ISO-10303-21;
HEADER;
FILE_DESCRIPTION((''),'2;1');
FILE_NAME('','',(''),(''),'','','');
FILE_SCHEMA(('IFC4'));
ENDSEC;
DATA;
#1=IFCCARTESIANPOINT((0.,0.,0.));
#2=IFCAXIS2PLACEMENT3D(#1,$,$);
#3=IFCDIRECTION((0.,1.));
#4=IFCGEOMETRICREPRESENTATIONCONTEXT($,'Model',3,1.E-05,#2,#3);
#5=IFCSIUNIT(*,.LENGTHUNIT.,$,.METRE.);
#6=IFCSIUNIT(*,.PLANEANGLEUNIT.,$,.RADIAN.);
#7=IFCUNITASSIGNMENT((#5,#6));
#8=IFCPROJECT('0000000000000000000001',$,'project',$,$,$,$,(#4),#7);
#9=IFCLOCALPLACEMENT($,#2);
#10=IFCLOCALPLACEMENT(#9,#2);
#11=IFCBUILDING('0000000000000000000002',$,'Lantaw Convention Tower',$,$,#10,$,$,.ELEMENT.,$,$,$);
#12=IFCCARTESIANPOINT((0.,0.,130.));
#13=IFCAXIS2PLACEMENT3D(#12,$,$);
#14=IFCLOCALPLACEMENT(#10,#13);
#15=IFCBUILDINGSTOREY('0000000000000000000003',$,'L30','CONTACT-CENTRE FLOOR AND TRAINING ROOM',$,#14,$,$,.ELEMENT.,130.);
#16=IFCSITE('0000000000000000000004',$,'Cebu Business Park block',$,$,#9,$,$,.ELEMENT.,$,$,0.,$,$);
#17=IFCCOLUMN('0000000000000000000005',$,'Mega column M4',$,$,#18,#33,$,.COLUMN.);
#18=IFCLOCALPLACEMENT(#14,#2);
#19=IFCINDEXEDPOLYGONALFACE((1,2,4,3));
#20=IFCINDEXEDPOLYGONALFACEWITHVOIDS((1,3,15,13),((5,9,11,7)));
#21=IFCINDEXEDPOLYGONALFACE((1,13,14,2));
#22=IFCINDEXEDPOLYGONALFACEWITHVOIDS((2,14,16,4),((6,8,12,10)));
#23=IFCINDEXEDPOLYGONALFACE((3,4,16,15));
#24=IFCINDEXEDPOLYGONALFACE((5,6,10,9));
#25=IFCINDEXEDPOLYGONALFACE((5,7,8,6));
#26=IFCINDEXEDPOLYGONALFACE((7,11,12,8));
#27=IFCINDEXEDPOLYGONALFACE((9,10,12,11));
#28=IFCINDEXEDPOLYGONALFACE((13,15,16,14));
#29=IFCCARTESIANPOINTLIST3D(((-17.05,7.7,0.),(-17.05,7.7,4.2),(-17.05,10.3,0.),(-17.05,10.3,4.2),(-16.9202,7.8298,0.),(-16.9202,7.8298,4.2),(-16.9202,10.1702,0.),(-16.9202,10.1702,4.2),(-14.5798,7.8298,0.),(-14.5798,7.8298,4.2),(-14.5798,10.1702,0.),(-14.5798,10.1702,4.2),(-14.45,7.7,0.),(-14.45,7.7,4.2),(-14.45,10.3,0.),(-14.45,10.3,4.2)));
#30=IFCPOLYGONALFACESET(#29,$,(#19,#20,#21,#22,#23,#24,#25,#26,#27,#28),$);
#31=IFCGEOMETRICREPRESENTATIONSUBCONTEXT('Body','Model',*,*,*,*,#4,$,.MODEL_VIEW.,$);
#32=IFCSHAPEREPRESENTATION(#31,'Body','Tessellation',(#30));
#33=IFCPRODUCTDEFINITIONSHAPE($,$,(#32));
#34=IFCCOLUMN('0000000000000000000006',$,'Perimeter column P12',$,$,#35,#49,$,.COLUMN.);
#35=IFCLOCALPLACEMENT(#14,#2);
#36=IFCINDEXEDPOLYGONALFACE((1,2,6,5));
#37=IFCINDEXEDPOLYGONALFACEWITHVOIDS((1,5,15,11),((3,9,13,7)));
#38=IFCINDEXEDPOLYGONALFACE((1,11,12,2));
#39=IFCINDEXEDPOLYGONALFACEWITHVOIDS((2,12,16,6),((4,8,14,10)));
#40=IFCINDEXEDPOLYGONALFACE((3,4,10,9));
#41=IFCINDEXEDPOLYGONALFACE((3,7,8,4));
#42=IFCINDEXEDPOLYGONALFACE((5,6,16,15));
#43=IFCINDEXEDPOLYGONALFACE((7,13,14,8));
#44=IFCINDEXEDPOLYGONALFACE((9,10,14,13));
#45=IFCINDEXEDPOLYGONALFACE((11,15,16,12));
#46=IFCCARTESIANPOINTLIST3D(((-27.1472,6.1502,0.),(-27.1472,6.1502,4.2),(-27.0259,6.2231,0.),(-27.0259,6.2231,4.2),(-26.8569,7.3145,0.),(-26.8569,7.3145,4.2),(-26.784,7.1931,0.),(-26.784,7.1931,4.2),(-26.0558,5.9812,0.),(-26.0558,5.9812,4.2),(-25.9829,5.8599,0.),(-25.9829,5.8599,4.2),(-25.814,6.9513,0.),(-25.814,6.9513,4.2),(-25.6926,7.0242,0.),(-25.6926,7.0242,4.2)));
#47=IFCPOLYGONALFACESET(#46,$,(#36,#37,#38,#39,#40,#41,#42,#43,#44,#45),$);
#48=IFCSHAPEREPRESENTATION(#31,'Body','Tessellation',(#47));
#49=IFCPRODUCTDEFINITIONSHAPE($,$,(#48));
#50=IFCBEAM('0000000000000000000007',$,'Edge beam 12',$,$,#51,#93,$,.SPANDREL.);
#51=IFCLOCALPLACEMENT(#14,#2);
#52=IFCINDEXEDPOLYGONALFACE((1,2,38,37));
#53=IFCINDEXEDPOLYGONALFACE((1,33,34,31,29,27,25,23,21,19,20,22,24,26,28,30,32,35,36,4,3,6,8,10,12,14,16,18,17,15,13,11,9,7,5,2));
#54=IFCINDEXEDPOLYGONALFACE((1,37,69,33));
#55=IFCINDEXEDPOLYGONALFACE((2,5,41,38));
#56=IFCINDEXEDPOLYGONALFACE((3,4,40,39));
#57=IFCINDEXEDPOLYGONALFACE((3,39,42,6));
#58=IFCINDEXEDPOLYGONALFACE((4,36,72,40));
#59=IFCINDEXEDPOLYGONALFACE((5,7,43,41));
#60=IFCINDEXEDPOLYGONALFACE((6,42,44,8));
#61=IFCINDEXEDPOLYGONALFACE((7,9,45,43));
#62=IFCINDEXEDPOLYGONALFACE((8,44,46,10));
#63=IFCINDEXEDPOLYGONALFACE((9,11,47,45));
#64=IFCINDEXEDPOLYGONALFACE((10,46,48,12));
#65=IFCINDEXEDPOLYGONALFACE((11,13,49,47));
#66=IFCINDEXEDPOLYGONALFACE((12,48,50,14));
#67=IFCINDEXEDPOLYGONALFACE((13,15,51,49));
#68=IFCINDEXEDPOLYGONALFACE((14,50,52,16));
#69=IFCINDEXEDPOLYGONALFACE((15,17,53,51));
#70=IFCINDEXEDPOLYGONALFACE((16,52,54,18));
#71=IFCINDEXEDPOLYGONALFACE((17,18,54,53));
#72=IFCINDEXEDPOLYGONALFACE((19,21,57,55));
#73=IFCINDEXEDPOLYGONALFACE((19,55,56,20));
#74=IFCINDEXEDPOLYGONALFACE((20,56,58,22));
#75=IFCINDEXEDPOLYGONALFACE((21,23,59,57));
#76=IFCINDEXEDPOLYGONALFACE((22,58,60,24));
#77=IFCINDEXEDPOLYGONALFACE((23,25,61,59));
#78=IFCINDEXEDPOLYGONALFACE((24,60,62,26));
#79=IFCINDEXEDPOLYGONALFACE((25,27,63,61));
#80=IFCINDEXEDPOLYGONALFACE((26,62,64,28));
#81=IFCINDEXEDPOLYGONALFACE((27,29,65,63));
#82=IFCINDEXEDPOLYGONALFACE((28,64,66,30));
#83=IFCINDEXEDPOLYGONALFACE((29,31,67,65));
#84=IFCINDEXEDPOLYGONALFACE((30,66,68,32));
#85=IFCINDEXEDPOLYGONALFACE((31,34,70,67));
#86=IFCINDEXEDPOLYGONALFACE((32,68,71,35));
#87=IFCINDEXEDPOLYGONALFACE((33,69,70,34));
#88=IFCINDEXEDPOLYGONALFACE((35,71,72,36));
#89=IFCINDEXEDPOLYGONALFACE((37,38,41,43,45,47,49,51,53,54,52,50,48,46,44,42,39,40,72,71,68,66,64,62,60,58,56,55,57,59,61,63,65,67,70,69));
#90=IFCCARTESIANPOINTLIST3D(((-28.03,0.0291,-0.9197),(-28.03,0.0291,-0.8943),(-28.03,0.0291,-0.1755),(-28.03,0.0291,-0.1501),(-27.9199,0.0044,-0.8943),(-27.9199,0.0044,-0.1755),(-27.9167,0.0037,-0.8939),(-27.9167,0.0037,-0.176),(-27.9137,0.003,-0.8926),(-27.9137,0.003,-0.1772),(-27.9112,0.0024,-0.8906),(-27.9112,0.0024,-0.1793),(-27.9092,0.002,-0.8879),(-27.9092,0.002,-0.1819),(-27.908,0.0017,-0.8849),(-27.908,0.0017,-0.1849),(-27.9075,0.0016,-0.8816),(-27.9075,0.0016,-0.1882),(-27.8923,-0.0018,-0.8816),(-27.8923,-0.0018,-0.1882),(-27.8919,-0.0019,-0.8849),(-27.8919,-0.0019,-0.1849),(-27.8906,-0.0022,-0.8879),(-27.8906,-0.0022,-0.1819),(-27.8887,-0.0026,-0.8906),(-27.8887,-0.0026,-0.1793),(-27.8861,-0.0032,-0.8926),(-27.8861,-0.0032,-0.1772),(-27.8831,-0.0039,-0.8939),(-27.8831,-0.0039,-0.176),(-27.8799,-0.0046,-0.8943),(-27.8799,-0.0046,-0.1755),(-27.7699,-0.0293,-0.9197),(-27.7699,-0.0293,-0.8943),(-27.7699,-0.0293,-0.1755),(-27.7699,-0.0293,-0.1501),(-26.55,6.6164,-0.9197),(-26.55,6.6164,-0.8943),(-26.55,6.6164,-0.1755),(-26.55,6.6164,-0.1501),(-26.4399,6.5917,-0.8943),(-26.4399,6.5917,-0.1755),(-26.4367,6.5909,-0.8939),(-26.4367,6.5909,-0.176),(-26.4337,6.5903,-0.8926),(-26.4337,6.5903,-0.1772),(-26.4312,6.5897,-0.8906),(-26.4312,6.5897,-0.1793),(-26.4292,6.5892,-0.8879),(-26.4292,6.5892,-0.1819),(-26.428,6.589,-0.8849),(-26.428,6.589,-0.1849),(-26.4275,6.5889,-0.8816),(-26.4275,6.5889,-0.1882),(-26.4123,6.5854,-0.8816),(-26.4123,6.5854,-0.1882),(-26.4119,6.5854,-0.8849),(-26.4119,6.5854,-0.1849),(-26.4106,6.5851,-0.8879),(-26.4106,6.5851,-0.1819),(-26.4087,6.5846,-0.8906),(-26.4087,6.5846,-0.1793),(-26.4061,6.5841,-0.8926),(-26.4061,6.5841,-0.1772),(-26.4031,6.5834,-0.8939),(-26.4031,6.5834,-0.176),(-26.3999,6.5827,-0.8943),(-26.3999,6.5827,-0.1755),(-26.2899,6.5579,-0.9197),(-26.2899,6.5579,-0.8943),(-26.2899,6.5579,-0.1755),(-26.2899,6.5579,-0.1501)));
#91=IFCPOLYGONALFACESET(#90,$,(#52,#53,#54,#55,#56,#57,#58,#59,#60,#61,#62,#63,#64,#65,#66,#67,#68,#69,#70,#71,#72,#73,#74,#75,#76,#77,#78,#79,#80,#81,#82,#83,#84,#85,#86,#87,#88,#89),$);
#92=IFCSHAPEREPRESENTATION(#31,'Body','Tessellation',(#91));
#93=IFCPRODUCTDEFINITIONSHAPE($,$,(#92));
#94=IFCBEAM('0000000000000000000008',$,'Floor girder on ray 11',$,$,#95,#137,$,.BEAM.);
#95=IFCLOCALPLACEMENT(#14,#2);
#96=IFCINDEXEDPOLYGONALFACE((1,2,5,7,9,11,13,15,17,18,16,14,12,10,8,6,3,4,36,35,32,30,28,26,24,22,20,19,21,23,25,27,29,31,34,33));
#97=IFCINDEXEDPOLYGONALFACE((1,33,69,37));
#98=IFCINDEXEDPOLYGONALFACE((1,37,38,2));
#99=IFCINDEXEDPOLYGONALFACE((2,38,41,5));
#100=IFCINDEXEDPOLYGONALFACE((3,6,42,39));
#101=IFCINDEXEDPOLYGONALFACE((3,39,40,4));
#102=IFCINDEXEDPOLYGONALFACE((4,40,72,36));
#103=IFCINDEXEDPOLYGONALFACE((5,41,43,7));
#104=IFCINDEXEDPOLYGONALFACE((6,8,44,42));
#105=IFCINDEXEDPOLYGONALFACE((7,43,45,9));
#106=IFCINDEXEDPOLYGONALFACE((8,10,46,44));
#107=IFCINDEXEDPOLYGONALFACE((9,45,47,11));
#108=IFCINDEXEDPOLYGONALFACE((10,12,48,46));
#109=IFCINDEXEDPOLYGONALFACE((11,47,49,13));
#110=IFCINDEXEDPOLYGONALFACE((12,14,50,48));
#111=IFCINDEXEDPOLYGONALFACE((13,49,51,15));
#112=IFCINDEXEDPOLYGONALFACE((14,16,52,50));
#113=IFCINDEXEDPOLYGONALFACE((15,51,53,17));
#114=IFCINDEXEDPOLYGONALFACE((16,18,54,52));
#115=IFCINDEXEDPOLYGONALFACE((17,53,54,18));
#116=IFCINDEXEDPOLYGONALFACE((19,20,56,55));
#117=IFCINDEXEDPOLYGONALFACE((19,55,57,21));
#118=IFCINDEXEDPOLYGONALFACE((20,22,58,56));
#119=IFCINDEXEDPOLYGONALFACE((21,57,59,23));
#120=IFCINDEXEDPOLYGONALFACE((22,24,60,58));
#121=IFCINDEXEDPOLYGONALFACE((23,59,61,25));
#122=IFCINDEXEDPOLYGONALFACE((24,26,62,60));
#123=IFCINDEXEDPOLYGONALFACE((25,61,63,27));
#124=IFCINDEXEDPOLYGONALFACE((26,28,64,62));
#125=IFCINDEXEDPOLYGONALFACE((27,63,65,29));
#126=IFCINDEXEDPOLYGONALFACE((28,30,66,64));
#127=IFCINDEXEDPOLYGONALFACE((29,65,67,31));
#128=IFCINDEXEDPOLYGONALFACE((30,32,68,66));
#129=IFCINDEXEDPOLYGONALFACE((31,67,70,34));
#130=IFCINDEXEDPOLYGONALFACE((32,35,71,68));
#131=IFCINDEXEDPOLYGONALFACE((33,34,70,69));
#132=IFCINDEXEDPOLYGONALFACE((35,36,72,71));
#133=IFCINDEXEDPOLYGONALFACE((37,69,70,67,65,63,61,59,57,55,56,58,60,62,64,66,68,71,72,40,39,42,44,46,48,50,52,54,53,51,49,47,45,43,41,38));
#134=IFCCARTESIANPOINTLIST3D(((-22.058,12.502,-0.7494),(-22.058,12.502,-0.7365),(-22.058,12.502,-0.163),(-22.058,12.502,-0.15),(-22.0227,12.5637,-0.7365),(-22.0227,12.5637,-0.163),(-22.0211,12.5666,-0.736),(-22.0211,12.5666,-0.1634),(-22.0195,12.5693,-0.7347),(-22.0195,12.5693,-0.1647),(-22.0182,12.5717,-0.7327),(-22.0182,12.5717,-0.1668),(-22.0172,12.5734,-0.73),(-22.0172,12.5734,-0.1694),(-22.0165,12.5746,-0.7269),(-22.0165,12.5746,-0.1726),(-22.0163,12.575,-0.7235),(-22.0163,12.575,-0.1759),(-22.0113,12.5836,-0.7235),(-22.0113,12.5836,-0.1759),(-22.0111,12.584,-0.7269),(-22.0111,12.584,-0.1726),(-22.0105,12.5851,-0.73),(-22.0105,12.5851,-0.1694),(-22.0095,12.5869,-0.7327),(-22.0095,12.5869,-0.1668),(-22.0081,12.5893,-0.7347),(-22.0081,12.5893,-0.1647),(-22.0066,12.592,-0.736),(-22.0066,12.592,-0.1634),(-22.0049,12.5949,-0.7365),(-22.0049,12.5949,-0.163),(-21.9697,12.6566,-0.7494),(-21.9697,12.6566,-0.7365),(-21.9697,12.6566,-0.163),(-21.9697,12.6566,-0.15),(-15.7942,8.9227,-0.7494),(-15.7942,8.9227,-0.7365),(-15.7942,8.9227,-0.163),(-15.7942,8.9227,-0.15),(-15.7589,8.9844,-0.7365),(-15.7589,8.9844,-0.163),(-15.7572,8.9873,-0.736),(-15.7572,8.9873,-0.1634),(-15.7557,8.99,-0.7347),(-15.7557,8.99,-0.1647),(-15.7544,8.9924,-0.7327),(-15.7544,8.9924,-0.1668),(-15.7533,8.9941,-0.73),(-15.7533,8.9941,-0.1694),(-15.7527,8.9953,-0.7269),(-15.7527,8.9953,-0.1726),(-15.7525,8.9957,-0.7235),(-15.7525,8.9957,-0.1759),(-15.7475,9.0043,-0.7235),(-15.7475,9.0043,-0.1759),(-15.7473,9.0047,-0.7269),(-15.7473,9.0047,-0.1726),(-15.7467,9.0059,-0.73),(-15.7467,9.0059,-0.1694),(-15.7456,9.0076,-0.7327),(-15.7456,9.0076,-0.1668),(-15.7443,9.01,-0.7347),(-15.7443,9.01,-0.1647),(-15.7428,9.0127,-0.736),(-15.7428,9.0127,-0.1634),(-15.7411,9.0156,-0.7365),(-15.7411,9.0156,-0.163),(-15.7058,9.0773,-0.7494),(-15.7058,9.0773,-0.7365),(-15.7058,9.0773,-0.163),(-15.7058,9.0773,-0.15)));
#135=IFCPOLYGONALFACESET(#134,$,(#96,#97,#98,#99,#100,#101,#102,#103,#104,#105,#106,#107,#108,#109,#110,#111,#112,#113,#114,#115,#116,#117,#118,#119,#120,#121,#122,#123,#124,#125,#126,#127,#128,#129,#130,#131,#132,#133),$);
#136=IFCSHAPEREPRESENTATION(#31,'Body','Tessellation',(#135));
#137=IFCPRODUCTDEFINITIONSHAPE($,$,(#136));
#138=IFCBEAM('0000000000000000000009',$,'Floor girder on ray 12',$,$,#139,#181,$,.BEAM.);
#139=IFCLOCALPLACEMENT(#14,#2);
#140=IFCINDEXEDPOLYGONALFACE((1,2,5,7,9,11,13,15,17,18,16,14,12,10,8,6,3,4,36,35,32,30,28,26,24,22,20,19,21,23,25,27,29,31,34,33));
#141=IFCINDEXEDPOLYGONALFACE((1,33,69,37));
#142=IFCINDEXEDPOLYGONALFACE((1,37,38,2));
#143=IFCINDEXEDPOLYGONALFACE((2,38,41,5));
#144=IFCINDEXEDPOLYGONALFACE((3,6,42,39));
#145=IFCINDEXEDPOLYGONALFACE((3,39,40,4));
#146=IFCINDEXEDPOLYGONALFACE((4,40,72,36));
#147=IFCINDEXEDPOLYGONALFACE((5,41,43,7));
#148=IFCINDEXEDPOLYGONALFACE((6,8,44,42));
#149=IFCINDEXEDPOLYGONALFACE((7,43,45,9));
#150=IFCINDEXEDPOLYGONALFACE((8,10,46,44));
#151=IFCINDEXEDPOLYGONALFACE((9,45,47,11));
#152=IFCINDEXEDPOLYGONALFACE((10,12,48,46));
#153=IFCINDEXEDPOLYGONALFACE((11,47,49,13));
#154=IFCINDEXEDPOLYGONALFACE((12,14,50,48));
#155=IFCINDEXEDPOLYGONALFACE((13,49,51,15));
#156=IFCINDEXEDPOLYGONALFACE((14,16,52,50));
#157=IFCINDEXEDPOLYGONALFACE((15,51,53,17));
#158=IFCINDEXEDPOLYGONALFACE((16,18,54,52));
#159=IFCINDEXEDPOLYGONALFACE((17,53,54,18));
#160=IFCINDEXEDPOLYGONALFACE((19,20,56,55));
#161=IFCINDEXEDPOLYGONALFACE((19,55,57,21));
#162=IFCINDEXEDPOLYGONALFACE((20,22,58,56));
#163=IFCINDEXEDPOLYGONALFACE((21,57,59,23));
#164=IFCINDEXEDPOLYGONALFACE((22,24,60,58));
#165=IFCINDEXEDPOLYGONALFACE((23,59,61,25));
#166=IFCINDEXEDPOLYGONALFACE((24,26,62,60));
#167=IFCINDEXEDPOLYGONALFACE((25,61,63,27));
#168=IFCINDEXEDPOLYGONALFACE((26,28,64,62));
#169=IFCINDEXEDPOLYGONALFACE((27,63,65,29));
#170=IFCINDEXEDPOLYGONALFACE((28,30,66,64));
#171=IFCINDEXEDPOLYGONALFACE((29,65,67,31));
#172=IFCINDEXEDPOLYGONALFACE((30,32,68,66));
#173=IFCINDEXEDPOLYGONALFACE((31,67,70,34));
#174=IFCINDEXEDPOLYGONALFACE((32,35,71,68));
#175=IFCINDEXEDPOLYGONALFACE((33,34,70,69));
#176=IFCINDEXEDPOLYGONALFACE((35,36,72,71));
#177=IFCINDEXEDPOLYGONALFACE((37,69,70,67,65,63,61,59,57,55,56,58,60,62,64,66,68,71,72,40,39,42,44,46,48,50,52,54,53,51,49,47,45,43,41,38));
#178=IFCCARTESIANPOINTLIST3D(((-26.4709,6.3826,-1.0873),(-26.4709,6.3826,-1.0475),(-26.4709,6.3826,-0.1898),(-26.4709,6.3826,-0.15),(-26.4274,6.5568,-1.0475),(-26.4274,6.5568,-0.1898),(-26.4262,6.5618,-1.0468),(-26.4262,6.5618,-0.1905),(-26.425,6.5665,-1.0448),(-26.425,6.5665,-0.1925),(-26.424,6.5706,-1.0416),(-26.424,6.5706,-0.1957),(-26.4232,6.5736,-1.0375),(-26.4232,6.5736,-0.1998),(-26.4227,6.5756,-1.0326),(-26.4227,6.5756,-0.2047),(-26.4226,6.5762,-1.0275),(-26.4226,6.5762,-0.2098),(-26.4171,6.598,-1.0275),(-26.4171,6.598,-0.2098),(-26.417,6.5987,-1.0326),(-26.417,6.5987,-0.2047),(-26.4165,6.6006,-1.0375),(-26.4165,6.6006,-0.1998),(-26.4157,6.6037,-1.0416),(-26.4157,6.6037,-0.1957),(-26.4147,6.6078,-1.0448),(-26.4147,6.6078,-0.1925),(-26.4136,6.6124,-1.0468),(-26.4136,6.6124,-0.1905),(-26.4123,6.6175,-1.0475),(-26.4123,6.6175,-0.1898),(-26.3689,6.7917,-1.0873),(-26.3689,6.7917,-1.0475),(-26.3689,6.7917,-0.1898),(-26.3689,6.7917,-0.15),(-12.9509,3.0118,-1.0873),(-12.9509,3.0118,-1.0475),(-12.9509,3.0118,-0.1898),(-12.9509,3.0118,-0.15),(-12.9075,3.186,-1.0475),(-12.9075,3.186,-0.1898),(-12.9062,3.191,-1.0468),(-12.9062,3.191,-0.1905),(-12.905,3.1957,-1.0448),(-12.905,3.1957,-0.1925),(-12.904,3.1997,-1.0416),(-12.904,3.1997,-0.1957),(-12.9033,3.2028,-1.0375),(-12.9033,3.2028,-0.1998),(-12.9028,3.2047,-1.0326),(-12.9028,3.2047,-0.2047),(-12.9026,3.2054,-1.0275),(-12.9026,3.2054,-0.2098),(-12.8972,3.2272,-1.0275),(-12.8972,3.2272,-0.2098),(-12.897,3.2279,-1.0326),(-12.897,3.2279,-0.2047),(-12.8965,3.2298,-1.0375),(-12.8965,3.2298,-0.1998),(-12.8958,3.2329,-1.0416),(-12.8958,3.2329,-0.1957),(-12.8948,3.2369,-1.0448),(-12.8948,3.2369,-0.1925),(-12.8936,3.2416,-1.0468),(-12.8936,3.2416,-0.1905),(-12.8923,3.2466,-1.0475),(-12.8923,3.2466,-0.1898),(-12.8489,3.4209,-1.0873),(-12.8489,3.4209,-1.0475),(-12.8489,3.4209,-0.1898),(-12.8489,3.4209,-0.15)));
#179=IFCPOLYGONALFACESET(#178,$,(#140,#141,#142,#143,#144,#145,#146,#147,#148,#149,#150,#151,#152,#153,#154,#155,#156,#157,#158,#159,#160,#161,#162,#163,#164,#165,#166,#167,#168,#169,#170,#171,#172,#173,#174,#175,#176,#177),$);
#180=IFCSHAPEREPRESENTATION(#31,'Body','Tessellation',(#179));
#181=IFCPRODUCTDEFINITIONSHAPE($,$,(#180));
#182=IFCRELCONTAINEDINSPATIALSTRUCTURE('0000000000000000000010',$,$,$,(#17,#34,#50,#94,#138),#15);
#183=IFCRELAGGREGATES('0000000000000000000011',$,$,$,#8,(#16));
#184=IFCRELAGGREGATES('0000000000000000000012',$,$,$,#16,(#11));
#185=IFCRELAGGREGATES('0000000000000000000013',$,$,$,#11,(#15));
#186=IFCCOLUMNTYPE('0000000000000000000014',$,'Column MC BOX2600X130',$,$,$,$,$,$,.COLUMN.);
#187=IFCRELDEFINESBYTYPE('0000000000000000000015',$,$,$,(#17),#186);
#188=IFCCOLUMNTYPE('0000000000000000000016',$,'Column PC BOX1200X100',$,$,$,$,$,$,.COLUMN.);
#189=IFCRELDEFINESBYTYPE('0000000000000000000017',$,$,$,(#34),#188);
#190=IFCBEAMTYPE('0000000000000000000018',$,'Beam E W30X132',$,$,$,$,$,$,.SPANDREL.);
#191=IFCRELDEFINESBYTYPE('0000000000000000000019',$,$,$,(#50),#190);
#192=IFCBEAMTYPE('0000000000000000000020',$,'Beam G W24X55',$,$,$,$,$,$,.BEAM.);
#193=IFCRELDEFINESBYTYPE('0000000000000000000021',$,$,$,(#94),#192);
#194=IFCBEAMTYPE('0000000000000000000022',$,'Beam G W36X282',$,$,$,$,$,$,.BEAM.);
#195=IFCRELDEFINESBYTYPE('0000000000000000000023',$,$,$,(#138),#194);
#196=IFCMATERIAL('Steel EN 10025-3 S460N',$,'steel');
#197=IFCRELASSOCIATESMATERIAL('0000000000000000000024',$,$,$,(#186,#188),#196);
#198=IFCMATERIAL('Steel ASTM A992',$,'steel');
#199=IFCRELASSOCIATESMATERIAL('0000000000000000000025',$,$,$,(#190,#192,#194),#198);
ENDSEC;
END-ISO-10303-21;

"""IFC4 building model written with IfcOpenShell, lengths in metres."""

from ifc_helpers import new_model, si_unit, direction, frame, origin, origin_2d, place, context, subcontext, project, spatial, rectangle, hollow_rectangle, i_section, extrude, material, material_profile, profile_set, type_object, element, save


model = new_model("IFC4")

# Units and contexts
model_context = context("Model", 3, precision=1e-05, world=origin(), true_north=direction((0.0, 1.0)))
body_context = subcontext(model_context, "Body", "Model", "MODEL_VIEW")
ifc_project = project(units=[si_unit("LENGTHUNIT", "METRE"), si_unit("PLANEANGLEUNIT", "RADIAN")], contexts=[model_context])

# Site, building, storey
site_placement = place(None, origin())
site = spatial("IfcSite", under=ifc_project, at=site_placement, Name="Cebu Business Park block", CompositionType="ELEMENT", RefElevation=0.0)
building_placement = place(site_placement, origin())
building = spatial("IfcBuilding", under=site, at=building_placement, Name="Lantaw Convention Tower", CompositionType="ELEMENT")
storey_placement = place(building_placement, frame((0.0, 0.0, 130.0)))
storey = spatial("IfcBuildingStorey", under=building, at=storey_placement, Name="L30", Description="CONTACT-CENTRE FLOOR AND TRAINING ROOM", CompositionType="ELEMENT", Elevation=130.0)

# Columns
ifc_material_1 = material(Name="Steel EN 10025-3 S460N", Category="steel")
ifc_material_profile_1 = material_profile(ifc_material_1, hollow_rectangle(XDim=2.6001, YDim=2.6001, WallThickness=0.1299, at=origin_2d()), Name="BOX2600X130")
ifc_material_2 = material(Name="Concrete C60/75", Category="concrete")
ifc_material_profile_2 = material_profile(ifc_material_2, rectangle(XDim=2.3401, YDim=2.3401, at=origin_2d()), Name="Concrete fill of BOX2600X130")
ifc_profile_set_1 = profile_set([ifc_material_profile_1, ifc_material_profile_2], Name="Steel EN 10025-3 S460N")
column_type_1 = type_object("IfcColumnType", Name="Column MC BOX2600X130", PredefinedType="COLUMN", material=ifc_profile_set_1)
column_1_placement = place(storey_placement, frame((-15.75, 9.0, 0.0), z_axis=(0.0, 0.0, 1.0), x_axis=(1.0, 0.0, 0.0)))
element("IfcColumn", 1, at=column_1_placement, inside=storey, type_object=column_type_1, Name="Mega column M4", PredefinedType="COLUMN", context=body_context, shape_type="SweptSolid", body=[
    extrude(hollow_rectangle(XDim=2.6001, YDim=2.6001, WallThickness=0.1299, at=origin_2d()), origin(), (0.0, 0.0, 1.0), 4.2),
])
ifc_material_profile_3 = material_profile(ifc_material_1, hollow_rectangle(XDim=1.2, YDim=1.2, WallThickness=0.1001, at=origin_2d()), Name="BOX1200X100")
ifc_material_profile_4 = material_profile(ifc_material_2, rectangle(XDim=1.0, YDim=1.0, at=origin_2d()), Name="Concrete fill of BOX1200X100")
ifc_profile_set_2 = profile_set([ifc_material_profile_3, ifc_material_profile_4], Name="Steel EN 10025-3 S460N")
column_type_2 = type_object("IfcColumnType", Name="Column PC BOX1200X100", PredefinedType="COLUMN", material=ifc_profile_set_2)
column_2_placement = place(storey_placement, frame((-26.4199, 6.5872, 0.0), z_axis=(0.0, 0.0, 1.0), x_axis=(0.241922, 0.970296, 0.0)))
element("IfcColumn", 2, at=column_2_placement, inside=storey, type_object=column_type_2, Name="Perimeter column P12", PredefinedType="COLUMN", context=body_context, shape_type="SweptSolid", body=[
    extrude(hollow_rectangle(XDim=1.2, YDim=1.2, WallThickness=0.1001, at=origin_2d()), origin(), (0.0, 0.0, 1.0), 4.2),
])

# Beams
ifc_material_3 = material(Name="Steel ASTM A992", Category="steel")
ifc_material_profile_5 = material_profile(ifc_material_3, i_section(OverallWidth=0.2666, OverallDepth=0.7695, WebThickness=0.0156, FlangeThickness=0.0254, FilletRadius=0.0127, at=origin_2d()), Name="W30X132")
ifc_profile_set_3 = profile_set([ifc_material_profile_5], Name="Steel ASTM A992")
beam_type_1 = type_object("IfcBeamType", Name="Beam E W30X132", PredefinedType="SPANDREL", material=ifc_profile_set_3)
beam_1_placement = place(storey_placement, frame((-26.4199, 6.5872, -0.5349), z_axis=(-0.219212, -0.975677, 0.0), x_axis=(0.975677, -0.219212, 0.0)))
element("IfcBeam", 3, at=beam_1_placement, inside=storey, type_object=beam_type_1, Name="Edge beam 12", PredefinedType="SPANDREL", context=body_context, shape_type="SweptSolid", body=[
    extrude(i_section(OverallWidth=0.2666, OverallDepth=0.7695, WebThickness=0.0156, FlangeThickness=0.0254, FilletRadius=0.0127, at=origin_2d()), origin(), (0.0, 0.0, 1.0), 6.7515),
])
ifc_material_profile_6 = material_profile(ifc_material_3, i_section(OverallWidth=0.178, OverallDepth=0.5994, WebThickness=0.01, FlangeThickness=0.0129, FilletRadius=0.0129, at=origin_2d()), Name="W24X55")
ifc_profile_set_4 = profile_set([ifc_material_profile_6], Name="Steel ASTM A992")
beam_type_2 = type_object("IfcBeamType", Name="Beam G W24X55", PredefinedType="BEAM", material=ifc_profile_set_4)
beam_2_placement = place(storey_placement, frame((-15.75, 9.0, -0.4497), z_axis=(-0.868245, 0.496135, 0.0), x_axis=(-0.496135, -0.868245, 0.0)))
element("IfcBeam", 4, at=beam_2_placement, inside=storey, type_object=beam_type_2, Name="Floor girder on ray 11", PredefinedType="BEAM", context=body_context, shape_type="SweptSolid", body=[
    extrude(i_section(OverallWidth=0.178, OverallDepth=0.5994, WebThickness=0.01, FlangeThickness=0.0129, FilletRadius=0.0129, at=origin_2d()), origin(), (0.0, 0.0, 1.0), 7.2144),
])
ifc_material_profile_7 = material_profile(ifc_material_3, i_section(OverallWidth=0.4216, OverallDepth=0.9373, WebThickness=0.0225, FlangeThickness=0.0398, FilletRadius=0.02, at=origin_2d()), Name="W36X282")
ifc_profile_set_5 = profile_set([ifc_material_profile_7], Name="Steel ASTM A992")
beam_type_3 = type_object("IfcBeamType", Name="Beam G W36X282", PredefinedType="BEAM", material=ifc_profile_set_5)
beam_3_placement = place(storey_placement, frame((-12.8999, 3.2163, -0.6187), z_axis=(-0.970297, 0.241917, 0.0), x_axis=(-0.241917, -0.970297, 0.0)))
element("IfcBeam", 5, at=beam_3_placement, inside=storey, type_object=beam_type_3, Name="Floor girder on ray 12", PredefinedType="BEAM", context=body_context, shape_type="SweptSolid", body=[
    extrude(i_section(OverallWidth=0.4216, OverallDepth=0.9373, WebThickness=0.0225, FlangeThickness=0.0398, FilletRadius=0.02, at=origin_2d()), origin(), (0.0, 0.0, 1.0), 13.9338),
])

save(model, "model.ifc")
